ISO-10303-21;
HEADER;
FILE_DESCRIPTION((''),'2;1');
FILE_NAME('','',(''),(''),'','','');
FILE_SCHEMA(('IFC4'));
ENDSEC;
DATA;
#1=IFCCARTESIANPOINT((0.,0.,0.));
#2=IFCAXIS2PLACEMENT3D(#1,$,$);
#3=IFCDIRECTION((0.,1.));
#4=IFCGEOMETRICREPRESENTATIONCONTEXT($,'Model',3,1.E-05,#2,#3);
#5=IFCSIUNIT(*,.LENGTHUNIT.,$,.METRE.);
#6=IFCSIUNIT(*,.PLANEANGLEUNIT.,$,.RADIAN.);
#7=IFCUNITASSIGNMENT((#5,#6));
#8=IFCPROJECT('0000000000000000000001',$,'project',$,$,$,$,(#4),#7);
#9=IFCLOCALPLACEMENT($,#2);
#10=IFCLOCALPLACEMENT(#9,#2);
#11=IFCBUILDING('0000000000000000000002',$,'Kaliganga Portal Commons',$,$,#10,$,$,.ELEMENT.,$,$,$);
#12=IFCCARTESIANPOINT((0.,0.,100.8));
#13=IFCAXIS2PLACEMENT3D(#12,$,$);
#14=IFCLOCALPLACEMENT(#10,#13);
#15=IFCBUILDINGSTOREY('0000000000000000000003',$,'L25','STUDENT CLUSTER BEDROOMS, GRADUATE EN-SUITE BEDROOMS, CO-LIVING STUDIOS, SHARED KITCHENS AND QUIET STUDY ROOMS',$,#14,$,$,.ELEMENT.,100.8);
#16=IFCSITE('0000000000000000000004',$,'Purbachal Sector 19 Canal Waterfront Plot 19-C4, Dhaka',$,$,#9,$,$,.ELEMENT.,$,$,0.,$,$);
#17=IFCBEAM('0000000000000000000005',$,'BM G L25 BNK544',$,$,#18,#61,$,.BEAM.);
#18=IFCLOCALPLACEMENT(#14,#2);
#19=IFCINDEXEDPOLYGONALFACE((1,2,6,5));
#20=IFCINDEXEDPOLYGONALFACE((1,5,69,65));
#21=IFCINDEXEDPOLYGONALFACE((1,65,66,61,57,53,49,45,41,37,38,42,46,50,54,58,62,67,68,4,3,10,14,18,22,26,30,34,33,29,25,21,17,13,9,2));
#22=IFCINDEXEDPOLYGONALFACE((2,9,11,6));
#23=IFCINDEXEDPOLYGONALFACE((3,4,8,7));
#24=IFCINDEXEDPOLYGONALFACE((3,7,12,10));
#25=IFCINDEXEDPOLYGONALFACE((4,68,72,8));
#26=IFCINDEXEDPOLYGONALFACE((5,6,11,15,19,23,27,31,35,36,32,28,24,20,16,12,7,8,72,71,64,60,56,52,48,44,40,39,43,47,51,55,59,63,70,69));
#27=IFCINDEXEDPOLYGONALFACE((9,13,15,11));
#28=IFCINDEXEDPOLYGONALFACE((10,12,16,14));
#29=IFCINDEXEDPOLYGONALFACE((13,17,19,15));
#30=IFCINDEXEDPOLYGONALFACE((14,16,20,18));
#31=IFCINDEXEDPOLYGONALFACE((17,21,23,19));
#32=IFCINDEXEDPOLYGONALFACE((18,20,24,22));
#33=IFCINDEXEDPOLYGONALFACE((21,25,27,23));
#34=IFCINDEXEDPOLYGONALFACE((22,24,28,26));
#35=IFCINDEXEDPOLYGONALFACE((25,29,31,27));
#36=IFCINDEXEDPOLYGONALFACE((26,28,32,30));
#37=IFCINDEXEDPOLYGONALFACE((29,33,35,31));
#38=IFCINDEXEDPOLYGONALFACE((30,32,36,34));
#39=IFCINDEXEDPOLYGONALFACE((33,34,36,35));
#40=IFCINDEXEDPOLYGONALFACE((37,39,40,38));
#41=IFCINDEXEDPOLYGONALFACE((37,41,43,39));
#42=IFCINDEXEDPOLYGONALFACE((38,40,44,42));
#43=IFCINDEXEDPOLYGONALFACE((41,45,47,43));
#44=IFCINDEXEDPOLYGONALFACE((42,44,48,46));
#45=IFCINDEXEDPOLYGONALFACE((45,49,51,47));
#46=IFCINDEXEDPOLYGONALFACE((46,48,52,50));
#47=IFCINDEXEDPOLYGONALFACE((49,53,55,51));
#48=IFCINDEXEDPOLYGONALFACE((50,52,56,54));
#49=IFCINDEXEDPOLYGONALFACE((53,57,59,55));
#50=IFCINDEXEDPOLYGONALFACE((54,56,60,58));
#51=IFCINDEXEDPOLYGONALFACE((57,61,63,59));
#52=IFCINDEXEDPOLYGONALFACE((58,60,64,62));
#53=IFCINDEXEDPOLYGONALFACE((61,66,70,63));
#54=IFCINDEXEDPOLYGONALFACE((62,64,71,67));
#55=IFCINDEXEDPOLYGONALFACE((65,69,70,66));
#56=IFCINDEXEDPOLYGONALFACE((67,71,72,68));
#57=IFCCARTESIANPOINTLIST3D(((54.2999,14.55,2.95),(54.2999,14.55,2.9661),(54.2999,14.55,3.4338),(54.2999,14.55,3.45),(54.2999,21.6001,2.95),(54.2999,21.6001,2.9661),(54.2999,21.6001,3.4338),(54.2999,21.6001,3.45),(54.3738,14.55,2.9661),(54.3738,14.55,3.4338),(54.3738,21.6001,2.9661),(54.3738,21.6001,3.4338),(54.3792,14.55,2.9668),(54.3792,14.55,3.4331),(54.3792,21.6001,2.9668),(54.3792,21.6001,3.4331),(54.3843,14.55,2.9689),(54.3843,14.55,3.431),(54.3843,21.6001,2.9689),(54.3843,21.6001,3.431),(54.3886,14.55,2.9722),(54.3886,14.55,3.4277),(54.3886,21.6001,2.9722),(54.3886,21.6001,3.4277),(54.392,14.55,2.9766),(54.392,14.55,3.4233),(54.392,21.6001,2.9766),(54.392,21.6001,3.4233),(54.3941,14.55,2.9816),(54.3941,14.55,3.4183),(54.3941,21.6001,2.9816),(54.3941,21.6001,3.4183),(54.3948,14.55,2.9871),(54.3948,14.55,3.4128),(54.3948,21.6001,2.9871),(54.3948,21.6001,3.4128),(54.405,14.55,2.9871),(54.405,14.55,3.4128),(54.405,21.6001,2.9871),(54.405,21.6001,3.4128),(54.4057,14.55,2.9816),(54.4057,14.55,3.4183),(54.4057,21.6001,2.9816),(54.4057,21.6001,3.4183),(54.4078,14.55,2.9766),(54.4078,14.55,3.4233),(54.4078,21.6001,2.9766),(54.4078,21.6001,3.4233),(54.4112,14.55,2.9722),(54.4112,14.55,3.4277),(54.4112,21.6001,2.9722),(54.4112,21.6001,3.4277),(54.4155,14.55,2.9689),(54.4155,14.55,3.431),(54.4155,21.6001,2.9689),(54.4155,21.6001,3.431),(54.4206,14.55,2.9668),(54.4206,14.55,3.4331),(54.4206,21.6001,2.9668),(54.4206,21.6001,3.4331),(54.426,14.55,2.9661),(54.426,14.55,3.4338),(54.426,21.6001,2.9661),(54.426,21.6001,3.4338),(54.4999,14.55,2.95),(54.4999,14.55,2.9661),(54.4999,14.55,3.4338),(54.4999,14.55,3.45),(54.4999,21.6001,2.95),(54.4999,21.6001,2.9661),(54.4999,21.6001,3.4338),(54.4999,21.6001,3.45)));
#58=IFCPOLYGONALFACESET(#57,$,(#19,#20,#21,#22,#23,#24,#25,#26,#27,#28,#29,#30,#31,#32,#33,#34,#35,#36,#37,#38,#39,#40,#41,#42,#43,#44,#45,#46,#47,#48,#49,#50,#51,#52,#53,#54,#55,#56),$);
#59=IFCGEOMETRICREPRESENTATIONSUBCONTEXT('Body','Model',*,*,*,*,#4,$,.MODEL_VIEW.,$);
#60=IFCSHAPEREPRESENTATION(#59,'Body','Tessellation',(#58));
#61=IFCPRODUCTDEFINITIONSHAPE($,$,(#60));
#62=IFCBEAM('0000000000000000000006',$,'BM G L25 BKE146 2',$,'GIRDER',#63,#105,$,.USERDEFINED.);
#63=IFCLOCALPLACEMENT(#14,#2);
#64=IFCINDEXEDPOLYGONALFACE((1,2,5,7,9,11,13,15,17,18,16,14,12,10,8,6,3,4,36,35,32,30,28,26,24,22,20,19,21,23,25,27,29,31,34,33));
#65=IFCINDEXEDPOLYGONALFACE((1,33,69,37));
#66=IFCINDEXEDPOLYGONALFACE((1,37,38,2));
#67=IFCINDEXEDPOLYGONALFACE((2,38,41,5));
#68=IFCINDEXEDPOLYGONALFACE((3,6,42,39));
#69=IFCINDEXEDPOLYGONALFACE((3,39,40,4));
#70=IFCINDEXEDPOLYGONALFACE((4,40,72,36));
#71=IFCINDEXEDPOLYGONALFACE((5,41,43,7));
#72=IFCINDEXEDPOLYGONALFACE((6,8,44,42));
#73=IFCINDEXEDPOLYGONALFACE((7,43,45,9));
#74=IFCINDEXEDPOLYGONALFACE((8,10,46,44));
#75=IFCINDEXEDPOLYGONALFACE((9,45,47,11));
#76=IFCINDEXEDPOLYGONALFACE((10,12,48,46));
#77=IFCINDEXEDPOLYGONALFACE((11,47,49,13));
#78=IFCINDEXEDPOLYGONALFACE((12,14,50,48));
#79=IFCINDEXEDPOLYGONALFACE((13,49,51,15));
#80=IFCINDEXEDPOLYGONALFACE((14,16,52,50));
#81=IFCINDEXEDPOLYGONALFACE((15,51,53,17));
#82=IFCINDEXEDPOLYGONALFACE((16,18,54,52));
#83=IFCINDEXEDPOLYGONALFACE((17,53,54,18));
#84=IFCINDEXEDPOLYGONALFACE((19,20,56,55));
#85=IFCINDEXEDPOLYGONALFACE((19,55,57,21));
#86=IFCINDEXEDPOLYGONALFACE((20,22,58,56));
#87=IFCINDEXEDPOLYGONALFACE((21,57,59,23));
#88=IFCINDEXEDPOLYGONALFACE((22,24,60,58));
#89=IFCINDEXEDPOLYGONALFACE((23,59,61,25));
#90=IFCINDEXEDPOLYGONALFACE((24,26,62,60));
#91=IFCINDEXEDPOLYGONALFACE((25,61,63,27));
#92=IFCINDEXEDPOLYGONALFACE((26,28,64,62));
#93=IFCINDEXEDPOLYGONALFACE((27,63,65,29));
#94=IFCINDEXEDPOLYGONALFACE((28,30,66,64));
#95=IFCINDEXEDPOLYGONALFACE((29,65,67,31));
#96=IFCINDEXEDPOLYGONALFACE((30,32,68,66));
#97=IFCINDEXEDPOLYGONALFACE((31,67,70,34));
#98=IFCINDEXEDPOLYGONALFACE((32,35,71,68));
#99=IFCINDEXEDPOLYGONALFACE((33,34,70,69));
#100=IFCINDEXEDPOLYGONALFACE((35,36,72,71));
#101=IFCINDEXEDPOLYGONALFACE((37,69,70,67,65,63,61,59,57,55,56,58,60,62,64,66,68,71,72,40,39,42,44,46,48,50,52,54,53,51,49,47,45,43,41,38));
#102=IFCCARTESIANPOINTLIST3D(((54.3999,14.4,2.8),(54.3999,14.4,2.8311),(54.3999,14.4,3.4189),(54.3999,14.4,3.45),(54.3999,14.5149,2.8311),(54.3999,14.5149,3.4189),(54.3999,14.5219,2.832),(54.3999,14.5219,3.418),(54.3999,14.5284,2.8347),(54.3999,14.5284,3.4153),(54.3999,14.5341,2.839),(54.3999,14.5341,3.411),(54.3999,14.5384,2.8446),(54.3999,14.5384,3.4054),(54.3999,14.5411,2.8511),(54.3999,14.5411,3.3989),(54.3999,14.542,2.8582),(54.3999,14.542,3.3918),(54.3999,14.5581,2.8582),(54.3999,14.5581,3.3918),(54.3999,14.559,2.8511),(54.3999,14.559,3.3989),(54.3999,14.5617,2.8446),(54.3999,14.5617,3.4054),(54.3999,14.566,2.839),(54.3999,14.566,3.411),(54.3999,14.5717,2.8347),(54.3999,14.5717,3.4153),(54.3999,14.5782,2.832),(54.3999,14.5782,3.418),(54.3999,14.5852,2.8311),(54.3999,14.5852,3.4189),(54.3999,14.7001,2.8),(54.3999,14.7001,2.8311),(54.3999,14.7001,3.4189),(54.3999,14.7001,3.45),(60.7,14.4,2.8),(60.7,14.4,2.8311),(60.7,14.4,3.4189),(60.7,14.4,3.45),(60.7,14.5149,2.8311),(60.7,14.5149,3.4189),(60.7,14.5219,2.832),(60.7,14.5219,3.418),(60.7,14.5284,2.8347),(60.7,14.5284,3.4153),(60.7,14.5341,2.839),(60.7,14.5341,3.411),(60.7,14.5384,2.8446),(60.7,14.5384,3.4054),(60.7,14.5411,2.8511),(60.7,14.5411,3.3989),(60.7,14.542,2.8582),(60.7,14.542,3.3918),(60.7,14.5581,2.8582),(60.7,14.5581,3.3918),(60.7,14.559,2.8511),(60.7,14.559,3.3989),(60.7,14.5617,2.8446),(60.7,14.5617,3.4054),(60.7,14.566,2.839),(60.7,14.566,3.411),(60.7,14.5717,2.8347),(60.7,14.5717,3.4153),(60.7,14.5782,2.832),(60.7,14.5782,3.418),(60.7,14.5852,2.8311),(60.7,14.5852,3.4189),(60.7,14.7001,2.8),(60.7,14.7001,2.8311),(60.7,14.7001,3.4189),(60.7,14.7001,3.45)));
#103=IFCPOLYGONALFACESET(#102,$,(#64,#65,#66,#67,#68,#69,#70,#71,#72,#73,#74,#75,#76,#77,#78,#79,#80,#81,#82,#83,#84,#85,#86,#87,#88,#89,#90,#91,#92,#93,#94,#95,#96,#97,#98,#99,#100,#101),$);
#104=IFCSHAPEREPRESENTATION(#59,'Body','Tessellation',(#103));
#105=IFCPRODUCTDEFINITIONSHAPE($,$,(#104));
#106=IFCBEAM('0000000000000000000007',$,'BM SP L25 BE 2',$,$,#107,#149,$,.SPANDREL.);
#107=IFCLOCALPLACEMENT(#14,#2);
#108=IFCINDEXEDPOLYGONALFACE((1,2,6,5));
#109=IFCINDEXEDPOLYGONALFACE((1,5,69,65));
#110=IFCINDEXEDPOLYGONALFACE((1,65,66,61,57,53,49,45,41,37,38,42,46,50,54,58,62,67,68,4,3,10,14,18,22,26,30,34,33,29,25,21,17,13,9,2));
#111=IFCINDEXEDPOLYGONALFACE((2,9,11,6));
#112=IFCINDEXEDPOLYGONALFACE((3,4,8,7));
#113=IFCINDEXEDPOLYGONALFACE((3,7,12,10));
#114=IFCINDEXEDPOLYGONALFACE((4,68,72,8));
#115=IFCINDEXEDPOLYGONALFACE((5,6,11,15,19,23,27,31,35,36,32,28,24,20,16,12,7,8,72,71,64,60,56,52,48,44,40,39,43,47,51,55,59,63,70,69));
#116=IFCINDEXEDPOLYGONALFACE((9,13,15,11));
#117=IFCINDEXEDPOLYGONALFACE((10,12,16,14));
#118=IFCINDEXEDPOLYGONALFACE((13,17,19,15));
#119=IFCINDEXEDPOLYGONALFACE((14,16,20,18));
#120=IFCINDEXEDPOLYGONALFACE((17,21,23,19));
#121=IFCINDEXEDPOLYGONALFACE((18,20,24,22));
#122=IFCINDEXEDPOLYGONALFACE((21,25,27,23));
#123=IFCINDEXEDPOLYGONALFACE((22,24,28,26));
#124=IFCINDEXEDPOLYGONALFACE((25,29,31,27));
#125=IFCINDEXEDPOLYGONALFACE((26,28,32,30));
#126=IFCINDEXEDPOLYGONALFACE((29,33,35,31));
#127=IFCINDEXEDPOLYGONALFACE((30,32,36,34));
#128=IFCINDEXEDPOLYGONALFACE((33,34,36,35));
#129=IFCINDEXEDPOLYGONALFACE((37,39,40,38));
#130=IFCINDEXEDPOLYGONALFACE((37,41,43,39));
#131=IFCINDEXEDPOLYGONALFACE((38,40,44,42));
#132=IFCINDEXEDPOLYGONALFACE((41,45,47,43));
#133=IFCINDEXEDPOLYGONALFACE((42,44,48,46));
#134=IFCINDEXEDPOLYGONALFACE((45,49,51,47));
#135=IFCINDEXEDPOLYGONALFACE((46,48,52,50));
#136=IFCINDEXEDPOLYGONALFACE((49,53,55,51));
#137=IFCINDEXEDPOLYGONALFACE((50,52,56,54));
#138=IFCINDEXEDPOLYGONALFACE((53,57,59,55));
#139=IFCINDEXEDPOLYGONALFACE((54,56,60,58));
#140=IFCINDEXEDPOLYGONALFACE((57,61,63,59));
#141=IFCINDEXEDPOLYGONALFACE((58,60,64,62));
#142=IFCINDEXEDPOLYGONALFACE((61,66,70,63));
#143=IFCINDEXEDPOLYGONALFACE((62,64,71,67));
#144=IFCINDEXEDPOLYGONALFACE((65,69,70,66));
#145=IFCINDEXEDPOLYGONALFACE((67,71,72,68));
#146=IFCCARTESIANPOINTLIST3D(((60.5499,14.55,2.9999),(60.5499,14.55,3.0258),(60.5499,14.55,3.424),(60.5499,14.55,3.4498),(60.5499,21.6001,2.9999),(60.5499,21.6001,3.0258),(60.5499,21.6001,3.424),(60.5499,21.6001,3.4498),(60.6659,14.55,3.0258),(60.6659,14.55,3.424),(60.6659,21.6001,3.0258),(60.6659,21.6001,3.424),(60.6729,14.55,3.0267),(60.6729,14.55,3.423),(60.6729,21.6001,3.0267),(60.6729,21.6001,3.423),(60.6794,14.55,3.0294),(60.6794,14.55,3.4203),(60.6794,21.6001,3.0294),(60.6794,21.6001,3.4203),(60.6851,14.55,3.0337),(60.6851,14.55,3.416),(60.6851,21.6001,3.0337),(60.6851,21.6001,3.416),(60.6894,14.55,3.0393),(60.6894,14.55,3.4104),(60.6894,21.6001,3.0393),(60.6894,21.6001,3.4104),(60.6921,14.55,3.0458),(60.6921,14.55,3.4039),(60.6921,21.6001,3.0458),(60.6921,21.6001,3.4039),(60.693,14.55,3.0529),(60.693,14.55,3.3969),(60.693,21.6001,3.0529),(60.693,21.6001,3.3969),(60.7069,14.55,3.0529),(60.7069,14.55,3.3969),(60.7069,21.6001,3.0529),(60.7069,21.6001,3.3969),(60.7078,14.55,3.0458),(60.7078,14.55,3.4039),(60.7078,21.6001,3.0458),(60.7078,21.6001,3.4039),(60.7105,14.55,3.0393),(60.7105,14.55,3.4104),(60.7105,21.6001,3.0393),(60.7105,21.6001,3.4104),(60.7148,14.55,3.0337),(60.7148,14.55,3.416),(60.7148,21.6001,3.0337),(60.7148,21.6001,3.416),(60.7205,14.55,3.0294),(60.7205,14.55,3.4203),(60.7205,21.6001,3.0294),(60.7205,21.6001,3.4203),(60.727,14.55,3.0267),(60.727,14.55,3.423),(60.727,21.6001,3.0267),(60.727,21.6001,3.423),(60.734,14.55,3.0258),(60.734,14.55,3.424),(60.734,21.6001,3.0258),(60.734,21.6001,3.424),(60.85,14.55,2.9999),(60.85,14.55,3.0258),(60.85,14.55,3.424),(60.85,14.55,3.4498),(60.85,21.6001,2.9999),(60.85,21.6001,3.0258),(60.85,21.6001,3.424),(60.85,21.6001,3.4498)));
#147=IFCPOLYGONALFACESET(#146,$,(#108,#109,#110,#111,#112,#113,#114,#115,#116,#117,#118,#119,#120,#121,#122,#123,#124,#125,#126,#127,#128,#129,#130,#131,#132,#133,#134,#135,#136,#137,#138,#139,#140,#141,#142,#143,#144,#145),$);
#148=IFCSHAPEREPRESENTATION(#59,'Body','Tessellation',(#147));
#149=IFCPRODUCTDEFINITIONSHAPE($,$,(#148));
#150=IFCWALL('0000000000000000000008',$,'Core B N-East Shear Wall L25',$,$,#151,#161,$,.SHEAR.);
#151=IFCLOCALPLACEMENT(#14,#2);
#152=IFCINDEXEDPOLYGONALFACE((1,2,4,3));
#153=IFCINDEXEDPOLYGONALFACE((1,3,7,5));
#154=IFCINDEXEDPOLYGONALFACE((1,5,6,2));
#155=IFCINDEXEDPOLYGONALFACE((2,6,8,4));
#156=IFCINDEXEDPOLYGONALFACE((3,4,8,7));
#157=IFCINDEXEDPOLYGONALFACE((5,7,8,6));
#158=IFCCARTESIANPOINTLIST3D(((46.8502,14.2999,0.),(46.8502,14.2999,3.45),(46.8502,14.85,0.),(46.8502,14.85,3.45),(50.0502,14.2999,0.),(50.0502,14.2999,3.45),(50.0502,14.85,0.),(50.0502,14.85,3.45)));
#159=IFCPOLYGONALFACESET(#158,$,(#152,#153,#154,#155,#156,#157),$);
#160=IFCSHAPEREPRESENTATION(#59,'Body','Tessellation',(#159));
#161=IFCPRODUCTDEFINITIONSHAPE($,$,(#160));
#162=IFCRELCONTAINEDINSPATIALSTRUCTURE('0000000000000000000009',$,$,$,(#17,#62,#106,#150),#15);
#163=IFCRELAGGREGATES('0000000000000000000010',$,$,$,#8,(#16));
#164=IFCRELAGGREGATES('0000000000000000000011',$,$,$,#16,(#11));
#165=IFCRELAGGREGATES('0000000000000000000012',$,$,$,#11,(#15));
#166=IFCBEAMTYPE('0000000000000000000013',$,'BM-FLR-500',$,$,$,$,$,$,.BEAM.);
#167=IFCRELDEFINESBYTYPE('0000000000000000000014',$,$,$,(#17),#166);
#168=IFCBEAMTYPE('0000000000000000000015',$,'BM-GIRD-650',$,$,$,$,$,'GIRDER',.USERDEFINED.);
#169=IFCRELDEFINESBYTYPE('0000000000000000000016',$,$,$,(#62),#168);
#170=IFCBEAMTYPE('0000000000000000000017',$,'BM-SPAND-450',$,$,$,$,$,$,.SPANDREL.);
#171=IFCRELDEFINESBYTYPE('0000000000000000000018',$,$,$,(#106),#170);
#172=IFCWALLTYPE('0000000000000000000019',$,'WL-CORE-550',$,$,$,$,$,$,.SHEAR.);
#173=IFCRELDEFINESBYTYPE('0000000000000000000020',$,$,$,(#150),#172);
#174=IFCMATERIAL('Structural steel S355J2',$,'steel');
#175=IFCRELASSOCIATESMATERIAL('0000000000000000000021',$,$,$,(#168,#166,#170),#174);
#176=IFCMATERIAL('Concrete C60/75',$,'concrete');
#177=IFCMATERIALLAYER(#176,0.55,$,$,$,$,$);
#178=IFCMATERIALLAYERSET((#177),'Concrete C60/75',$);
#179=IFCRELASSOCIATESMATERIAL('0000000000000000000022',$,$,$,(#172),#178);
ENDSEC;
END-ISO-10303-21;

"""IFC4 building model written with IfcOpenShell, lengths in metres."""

from ifc_helpers import new_model, si_unit, direction, frame, frame_2d, origin, origin_2d, place, context, subcontext, project, spatial, rectangle, i_section, extrude, source, transform, mapped, material, layer, layer_set, material_profile, profile_set, type_object, element, save


model = new_model("IFC4")

# Units and contexts
model_context = context("Model", 3, precision=1e-05, world=origin(), true_north=direction((0.0, 1.0)))
body_context = subcontext(model_context, "Body", "Model", "MODEL_VIEW")
ifc_project = project(units=[si_unit("LENGTHUNIT", "METRE"), si_unit("PLANEANGLEUNIT", "RADIAN")], contexts=[model_context])

# Site, building, storey
site_placement = place(None, origin())
site = spatial("IfcSite", under=ifc_project, at=site_placement, Name="Purbachal Sector 19 Canal Waterfront Plot 19-C4, Dhaka", CompositionType="ELEMENT", RefElevation=0.0)
building_placement = place(site_placement, origin())
building = spatial("IfcBuilding", under=site, at=building_placement, Name="Kaliganga Portal Commons", CompositionType="ELEMENT")
storey_placement = place(building_placement, frame((0.0, 0.0, 100.8)))
storey = spatial("IfcBuildingStorey", under=building, at=storey_placement, Name="L25", Description="STUDENT CLUSTER BEDROOMS, GRADUATE EN-SUITE BEDROOMS, CO-LIVING STUDIOS, SHARED KITCHENS AND QUIET STUDY ROOMS", CompositionType="ELEMENT", Elevation=100.8)

# Shared definitions
ifc_material_1 = material(Name="Concrete C60/75", Category="concrete")

# Beams
ifc_material_2 = material(Name="Structural steel S355J2", Category="steel")
ifc_material_profile_1 = material_profile(ifc_material_2, i_section(OverallWidth=0.3, OverallDepth=0.6499, WebThickness=0.0161, FlangeThickness=0.031, FilletRadius=0.0271, at=origin_2d()), Name="HE 650 B")
ifc_profile_set_1 = profile_set([ifc_material_profile_1], Name="Structural steel S355J2 wide-flange")
beam_type_1 = type_object("IfcBeamType", Name="BM-GIRD-650", ElementType="GIRDER", PredefinedType="USERDEFINED", material=ifc_profile_set_1)
ifc_material_profile_2 = material_profile(ifc_material_2, i_section(OverallWidth=0.2, OverallDepth=0.5, WebThickness=0.0103, FlangeThickness=0.0161, FilletRadius=0.021, at=origin_2d()), Name="IPE 500")
ifc_profile_set_2 = profile_set([ifc_material_profile_2], Name="Structural steel S355J2 wide-flange")
beam_type_2 = type_object("IfcBeamType", Name="BM-FLR-500", PredefinedType="BEAM", material=ifc_profile_set_2)
shared_shape_1 = source(origin(), body_context, "Body", "SweptSolid", [
    extrude(i_section(OverallWidth=0.2, OverallDepth=0.5, WebThickness=0.0103, FlangeThickness=0.0161, FilletRadius=0.021, at=origin_2d()), origin(), (0.0, 0.0, 1.0), 7.05),
])
for number, where, z_axis, x_axis, name in (
    (1, (54.3999, 14.55, 3.2), (0.0, 1.0, 0.0), (-1.0, 0.0, 0.0), "BM G L25 BNK544"),
):
    element("IfcBeam", number, at=place(storey_placement, frame(where, z_axis=z_axis, x_axis=x_axis)), inside=storey, type_object=beam_type_2, Name=name, PredefinedType="BEAM", context=body_context, shape_type="MappedRepresentation", body=[
        mapped(shared_shape_1, transform((0.0, 0.0, 0.0), x_axis=(1.0, 0.0, 0.0), y_axis=(0.0, 1.0, 0.0), z_axis=(0.0, 0.0, 1.0), scale=1.0)),
    ])
shared_shape_2 = source(origin(), body_context, "Body", "SweptSolid", [
    extrude(i_section(OverallWidth=0.3, OverallDepth=0.6499, WebThickness=0.0161, FlangeThickness=0.031, FilletRadius=0.0271, at=origin_2d()), origin(), (0.0, 0.0, 1.0), 6.3),
])
beam_1_placement = place(storey_placement, frame((54.3999, 14.55, 3.125), z_axis=(1.0, 0.0, 0.0), x_axis=(0.0, 1.0, 0.0)))
element("IfcBeam", 2, at=beam_1_placement, inside=storey, type_object=beam_type_1, Name="BM G L25 BKE146 2", ObjectType="GIRDER", PredefinedType="USERDEFINED", context=body_context, shape_type="MappedRepresentation", body=[
    mapped(shared_shape_2, transform((0.0, 0.0, 0.0), x_axis=(1.0, 0.0, 0.0), y_axis=(0.0, 1.0, 0.0), z_axis=(0.0, 0.0, 1.0), scale=1.0)),
])
ifc_material_profile_3 = material_profile(ifc_material_2, i_section(OverallWidth=0.3, OverallDepth=0.45, WebThickness=0.0139, FlangeThickness=0.0259, FilletRadius=0.0271, at=origin_2d()), Name="HE 450 B")
ifc_profile_set_3 = profile_set([ifc_material_profile_3], Name="Structural steel S355J2 wide-flange")
beam_type_3 = type_object("IfcBeamType", Name="BM-SPAND-450", PredefinedType="SPANDREL", material=ifc_profile_set_3)
shared_shape_3 = source(origin(), body_context, "Body", "SweptSolid", [
    extrude(i_section(OverallWidth=0.3, OverallDepth=0.45, WebThickness=0.0139, FlangeThickness=0.0259, FilletRadius=0.0271, at=origin_2d()), origin(), (0.0, 0.0, 1.0), 7.05),
])
beam_2_placement = place(storey_placement, frame((60.7, 14.55, 3.2249), z_axis=(0.0, 1.0, 0.0), x_axis=(-1.0, 0.0, 0.0)))
element("IfcBeam", 3, at=beam_2_placement, inside=storey, type_object=beam_type_3, Name="BM SP L25 BE 2", PredefinedType="SPANDREL", context=body_context, shape_type="MappedRepresentation", body=[
    mapped(shared_shape_3, transform((0.0, 0.0, 0.0), x_axis=(1.0, 0.0, 0.0), y_axis=(0.0, 1.0, 0.0), z_axis=(0.0, 0.0, 1.0), scale=1.0)),
])

# Wall
ifc_layer_1 = layer(ifc_material_1, 0.55)
ifc_layer_set_1 = layer_set([ifc_layer_1], Name="Concrete C60/75")
wall_type_1 = type_object("IfcWallType", Name="WL-CORE-550", PredefinedType="SHEAR", material=ifc_layer_set_1)
wall_1_placement = place(storey_placement, frame((46.8501, 14.575, 0.0), z_axis=(0.0, 0.0, 1.0), x_axis=(1.0, 0.0, 0.0)))
element("IfcWall", 4, at=wall_1_placement, inside=storey, type_object=wall_type_1, Name="Core B N-East Shear Wall L25", PredefinedType="SHEAR", context=body_context, shape_type="SweptSolid", body=[
    extrude(rectangle(XDim=3.2, YDim=0.55, at=frame_2d((1.6001, 0.0))), origin(), (0.0, 0.0, 1.0), 3.45),
])

save(model, "model.ifc")
